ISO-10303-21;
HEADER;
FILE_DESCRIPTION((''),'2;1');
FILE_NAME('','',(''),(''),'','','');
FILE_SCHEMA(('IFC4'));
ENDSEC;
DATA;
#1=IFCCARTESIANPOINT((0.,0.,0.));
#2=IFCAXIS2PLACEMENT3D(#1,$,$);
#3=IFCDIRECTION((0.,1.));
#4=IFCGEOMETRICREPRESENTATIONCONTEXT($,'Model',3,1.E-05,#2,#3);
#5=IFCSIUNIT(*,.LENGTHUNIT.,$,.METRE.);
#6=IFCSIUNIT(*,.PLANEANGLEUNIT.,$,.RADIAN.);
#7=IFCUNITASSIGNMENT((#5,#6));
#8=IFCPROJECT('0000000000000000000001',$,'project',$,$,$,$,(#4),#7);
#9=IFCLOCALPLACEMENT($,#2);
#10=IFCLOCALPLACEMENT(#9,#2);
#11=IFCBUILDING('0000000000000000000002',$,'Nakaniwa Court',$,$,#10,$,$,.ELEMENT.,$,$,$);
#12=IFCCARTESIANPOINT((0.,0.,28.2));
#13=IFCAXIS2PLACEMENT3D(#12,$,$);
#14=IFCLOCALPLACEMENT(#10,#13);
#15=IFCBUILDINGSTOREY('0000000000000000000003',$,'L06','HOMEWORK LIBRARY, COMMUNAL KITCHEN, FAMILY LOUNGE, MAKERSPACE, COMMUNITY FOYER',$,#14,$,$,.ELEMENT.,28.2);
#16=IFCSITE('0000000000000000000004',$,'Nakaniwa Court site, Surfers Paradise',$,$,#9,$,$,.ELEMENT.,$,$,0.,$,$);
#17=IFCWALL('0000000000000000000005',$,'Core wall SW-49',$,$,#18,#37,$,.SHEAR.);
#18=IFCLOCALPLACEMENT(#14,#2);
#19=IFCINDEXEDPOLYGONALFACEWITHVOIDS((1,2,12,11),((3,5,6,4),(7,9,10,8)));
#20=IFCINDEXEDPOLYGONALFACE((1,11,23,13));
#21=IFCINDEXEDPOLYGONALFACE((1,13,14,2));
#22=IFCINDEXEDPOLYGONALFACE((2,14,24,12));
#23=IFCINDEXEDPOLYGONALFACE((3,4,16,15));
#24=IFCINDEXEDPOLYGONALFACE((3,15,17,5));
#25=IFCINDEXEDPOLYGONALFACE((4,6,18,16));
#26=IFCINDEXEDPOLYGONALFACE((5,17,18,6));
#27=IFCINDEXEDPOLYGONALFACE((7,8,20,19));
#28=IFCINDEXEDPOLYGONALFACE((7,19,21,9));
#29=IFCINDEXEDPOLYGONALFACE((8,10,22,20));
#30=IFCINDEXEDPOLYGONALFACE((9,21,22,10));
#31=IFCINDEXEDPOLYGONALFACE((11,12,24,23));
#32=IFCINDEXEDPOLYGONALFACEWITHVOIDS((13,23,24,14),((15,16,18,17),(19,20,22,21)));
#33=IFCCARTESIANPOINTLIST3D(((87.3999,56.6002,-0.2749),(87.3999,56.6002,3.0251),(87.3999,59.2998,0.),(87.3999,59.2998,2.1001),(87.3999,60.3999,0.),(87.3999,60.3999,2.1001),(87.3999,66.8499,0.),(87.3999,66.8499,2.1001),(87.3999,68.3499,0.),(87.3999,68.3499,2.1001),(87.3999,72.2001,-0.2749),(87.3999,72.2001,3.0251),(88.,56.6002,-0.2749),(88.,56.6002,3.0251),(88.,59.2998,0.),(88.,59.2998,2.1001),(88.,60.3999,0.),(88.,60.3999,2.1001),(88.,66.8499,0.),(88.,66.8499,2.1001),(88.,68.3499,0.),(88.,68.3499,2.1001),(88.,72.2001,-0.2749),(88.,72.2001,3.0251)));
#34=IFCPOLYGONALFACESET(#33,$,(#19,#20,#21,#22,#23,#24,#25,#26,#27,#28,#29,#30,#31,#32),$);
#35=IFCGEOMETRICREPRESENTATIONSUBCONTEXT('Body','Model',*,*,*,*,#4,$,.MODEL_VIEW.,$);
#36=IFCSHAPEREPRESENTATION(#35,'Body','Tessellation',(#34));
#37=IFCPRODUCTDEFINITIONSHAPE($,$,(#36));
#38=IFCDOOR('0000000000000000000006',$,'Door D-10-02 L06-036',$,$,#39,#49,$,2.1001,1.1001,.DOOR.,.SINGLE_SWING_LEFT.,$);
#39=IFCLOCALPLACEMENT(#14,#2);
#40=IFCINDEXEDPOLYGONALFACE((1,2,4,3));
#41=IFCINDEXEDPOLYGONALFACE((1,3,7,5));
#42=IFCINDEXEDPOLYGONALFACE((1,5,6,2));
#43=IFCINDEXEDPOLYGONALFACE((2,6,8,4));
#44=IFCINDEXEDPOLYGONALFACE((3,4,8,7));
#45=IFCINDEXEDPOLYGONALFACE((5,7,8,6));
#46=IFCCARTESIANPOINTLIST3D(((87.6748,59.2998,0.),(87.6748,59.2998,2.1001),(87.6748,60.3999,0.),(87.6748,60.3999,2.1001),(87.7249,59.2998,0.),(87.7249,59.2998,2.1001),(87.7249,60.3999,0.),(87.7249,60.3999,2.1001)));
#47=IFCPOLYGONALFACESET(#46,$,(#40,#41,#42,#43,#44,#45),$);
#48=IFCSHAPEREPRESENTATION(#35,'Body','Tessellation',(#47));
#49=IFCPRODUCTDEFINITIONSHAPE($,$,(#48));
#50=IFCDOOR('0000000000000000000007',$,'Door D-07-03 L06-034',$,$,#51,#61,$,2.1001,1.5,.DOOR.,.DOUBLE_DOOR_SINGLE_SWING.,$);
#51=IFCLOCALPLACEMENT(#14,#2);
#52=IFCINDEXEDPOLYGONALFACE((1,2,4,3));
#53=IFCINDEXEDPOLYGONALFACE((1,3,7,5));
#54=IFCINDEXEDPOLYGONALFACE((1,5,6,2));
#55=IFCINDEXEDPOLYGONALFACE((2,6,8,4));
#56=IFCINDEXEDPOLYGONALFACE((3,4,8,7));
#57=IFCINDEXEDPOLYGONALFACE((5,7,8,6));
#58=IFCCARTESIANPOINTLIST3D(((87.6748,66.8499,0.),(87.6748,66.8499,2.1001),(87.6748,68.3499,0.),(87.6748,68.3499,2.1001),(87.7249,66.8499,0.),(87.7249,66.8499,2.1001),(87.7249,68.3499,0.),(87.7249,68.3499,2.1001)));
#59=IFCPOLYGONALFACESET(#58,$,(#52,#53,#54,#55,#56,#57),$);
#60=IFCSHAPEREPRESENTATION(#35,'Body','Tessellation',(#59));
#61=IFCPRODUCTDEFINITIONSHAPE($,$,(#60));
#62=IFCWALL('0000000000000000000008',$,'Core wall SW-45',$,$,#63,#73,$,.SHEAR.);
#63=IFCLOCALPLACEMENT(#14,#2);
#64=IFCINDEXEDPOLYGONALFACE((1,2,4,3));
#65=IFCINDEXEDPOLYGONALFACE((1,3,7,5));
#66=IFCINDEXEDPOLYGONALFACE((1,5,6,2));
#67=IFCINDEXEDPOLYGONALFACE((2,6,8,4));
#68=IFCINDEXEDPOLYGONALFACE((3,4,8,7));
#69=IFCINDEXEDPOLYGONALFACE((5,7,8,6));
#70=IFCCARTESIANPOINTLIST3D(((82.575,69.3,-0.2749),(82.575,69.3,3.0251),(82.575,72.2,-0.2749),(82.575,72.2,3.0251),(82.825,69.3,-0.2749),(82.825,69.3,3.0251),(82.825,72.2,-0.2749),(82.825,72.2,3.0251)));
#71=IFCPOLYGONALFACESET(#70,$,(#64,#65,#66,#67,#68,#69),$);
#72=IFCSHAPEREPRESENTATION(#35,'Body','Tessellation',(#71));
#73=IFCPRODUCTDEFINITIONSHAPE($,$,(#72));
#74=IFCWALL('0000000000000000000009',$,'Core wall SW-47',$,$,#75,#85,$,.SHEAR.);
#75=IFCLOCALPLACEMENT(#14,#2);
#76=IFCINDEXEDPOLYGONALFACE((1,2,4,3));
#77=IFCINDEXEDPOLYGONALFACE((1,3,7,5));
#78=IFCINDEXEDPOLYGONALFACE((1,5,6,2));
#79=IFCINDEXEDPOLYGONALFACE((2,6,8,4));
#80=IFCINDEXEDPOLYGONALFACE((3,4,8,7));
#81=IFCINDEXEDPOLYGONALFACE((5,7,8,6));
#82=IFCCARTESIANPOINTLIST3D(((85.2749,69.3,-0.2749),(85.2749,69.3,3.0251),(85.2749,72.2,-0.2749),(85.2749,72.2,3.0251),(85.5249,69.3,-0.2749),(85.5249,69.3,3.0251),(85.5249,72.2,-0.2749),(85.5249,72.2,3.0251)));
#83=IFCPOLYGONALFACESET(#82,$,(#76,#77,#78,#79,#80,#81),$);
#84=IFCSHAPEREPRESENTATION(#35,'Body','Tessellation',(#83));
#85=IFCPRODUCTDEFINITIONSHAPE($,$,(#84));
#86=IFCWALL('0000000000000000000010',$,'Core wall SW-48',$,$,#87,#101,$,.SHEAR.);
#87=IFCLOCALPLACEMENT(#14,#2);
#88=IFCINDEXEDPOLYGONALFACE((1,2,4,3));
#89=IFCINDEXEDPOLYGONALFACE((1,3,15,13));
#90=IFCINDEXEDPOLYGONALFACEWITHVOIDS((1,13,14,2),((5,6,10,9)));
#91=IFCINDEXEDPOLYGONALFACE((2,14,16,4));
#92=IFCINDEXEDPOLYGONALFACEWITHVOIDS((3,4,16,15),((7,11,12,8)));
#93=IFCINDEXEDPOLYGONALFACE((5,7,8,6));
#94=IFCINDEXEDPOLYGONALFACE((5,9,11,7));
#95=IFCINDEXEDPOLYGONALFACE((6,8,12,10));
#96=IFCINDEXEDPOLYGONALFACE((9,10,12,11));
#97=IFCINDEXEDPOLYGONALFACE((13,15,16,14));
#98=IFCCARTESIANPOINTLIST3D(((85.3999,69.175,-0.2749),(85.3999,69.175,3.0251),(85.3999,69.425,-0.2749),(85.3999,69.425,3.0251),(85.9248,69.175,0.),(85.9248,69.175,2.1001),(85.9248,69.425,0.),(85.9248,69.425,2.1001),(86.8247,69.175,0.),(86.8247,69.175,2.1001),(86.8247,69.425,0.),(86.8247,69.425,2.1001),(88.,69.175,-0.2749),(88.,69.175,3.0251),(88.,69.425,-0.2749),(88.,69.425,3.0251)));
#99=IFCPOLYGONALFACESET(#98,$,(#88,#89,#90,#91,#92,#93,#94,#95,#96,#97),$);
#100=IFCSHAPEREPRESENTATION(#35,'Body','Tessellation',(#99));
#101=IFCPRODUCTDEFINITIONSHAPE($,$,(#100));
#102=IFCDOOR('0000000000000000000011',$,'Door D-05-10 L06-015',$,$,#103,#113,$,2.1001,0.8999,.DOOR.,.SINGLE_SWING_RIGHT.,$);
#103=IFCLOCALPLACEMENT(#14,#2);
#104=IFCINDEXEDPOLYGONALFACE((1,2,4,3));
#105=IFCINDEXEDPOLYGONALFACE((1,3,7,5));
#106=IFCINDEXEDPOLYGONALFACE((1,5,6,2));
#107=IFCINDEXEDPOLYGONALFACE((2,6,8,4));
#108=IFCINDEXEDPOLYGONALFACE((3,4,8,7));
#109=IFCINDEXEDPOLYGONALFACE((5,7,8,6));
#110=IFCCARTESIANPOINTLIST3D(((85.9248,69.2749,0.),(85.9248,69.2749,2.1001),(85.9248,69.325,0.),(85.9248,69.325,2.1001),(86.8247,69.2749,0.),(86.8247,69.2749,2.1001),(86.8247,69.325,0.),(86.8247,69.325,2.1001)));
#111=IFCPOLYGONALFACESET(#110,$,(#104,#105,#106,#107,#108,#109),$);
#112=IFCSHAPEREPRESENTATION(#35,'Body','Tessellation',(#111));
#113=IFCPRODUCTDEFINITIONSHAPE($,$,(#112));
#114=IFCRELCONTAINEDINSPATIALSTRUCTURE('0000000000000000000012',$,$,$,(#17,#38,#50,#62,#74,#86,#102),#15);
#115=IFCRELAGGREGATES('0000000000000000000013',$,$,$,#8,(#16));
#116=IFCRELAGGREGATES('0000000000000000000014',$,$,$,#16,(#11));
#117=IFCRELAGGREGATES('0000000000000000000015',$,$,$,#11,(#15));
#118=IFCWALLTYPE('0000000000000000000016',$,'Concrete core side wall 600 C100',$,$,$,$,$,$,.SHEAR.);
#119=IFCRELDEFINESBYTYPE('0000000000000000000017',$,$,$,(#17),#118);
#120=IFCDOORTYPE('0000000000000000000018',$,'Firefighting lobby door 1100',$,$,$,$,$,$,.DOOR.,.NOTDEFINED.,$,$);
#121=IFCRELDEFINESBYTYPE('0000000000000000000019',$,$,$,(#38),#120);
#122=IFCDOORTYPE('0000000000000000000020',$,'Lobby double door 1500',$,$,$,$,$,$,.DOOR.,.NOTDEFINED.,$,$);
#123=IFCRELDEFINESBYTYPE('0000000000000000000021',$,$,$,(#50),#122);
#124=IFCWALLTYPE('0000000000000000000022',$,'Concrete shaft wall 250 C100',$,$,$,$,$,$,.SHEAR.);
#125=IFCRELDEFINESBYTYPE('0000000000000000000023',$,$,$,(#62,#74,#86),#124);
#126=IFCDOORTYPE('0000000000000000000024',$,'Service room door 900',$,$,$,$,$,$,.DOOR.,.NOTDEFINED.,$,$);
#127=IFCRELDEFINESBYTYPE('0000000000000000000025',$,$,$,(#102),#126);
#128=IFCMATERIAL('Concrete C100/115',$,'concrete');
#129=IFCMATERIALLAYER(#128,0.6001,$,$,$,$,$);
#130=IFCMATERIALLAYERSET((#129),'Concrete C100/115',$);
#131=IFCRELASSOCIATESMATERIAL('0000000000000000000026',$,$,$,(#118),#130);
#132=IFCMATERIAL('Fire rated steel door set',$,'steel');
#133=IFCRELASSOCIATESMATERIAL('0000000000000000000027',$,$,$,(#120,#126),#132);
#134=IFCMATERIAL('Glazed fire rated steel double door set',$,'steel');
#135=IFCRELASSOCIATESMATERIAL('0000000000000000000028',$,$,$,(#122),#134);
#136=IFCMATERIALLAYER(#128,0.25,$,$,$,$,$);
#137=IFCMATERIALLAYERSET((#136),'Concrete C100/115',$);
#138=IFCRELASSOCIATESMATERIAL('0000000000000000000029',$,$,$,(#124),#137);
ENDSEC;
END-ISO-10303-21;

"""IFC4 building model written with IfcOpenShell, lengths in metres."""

from ifc_helpers import new_model, si_unit, direction, frame, frame_2d, origin, place, context, subcontext, project, spatial, rectangle, extrude, material, layer, layer_set, type_object, element, fill, save


model = new_model("IFC4")

# Units and contexts
model_context = context("Model", 3, precision=1e-05, world=origin(), true_north=direction((0.0, 1.0)))
body_context = subcontext(model_context, "Body", "Model", "MODEL_VIEW")
ifc_project = project(units=[si_unit("LENGTHUNIT", "METRE"), si_unit("PLANEANGLEUNIT", "RADIAN")], contexts=[model_context])

# Site, building, storey
site_placement = place(None, origin())
site = spatial("IfcSite", under=ifc_project, at=site_placement, Name="Nakaniwa Court site, Surfers Paradise", CompositionType="ELEMENT", RefElevation=0.0)
building_placement = place(site_placement, origin())
building = spatial("IfcBuilding", under=site, at=building_placement, Name="Nakaniwa Court", CompositionType="ELEMENT")
storey_placement = place(building_placement, frame((0.0, 0.0, 28.2)))
storey = spatial("IfcBuildingStorey", under=building, at=storey_placement, Name="L06", Description="HOMEWORK LIBRARY, COMMUNAL KITCHEN, FAMILY LOUNGE, MAKERSPACE, COMMUNITY FOYER", CompositionType="ELEMENT", Elevation=28.2)

# Shared definitions
ifc_material_1 = material(Name="Concrete C100/115", Category="concrete")

# Wall, openings, doors
ifc_layer_1 = layer(ifc_material_1, 0.6001)
ifc_layer_set_1 = layer_set([ifc_layer_1], Name="Concrete C100/115")
wall_type_1 = type_object("IfcWallType", Name="Concrete core side wall 600 C100", PredefinedType="SHEAR", material=ifc_layer_set_1)
wall_1_placement = place(storey_placement, frame((87.7, 72.2, -0.2749), z_axis=(0.0, 0.0, 1.0), x_axis=(0.0, -1.0, 0.0)))
wall_1 = element("IfcWall", 1, at=wall_1_placement, inside=storey, type_object=wall_type_1, Name="Core wall SW-49", PredefinedType="SHEAR", context=body_context, shape_type="SweptSolid", body=[
    extrude(rectangle(XDim=15.5999, YDim=0.6001, at=frame_2d((7.7998, 0.0))), origin(), (0.0, 0.0, 1.0), 3.3),
])
opening_1_placement = place(wall_1_placement, frame((3.8501, 0.0, 0.2749)))
opening_1 = element("IfcOpeningElement", 2, at=opening_1_placement, cuts=wall_1, PredefinedType="OPENING", context=body_context, shape_type="SweptSolid", body=[
    extrude(rectangle(XDim=1.5, YDim=2.1001, at=frame_2d((0.75, 1.05))), frame((0.0, 0.3101, 0.0), z_axis=(0.0, -1.0, 0.0), x_axis=(1.0, 0.0, 0.0)), (0.0, 0.0, 1.0), 0.6201),
])
opening_2_placement = place(wall_1_placement, frame((11.8, 0.0, 0.2749)))
opening_2 = element("IfcOpeningElement", 3, at=opening_2_placement, cuts=wall_1, PredefinedType="OPENING", context=body_context, shape_type="SweptSolid", body=[
    extrude(rectangle(XDim=1.1001, YDim=2.1001, at=frame_2d((0.55, 1.05))), frame((0.0, 0.3101, 0.0), z_axis=(0.0, -1.0, 0.0), x_axis=(1.0, 0.0, 0.0)), (0.0, 0.0, 1.0), 0.6201),
])
ifc_material_2 = material(Name="Fire rated steel door set", Category="steel")
door_type_1 = type_object("IfcDoorType", Name="Firefighting lobby door 1100", OperationType="NOTDEFINED", PredefinedType="DOOR", material=ifc_material_2)
door_1_placement = place(opening_2_placement, origin())
door_1 = element("IfcDoor", 4, at=door_1_placement, inside=storey, type_object=door_type_1, Name="Door D-10-02 L06-036", OperationType="SINGLE_SWING_LEFT", OverallHeight=2.1001, OverallWidth=1.1001, PredefinedType="DOOR", context=body_context, shape_type="SweptSolid", body=[
    extrude(rectangle(XDim=1.1001, YDim=2.1001, at=frame_2d((0.55, 1.05))), frame((0.0, 0.0249, 0.0), z_axis=(0.0, -1.0, 0.0), x_axis=(1.0, 0.0, 0.0)), (0.0, 0.0, 1.0), 0.05),
])
fill(opening_2, door_1)
ifc_material_3 = material(Name="Glazed fire rated steel double door set", Category="steel")
door_type_2 = type_object("IfcDoorType", Name="Lobby double door 1500", OperationType="NOTDEFINED", PredefinedType="DOOR", material=ifc_material_3)
door_2_placement = place(opening_1_placement, origin())
door_2 = element("IfcDoor", 5, at=door_2_placement, inside=storey, type_object=door_type_2, Name="Door D-07-03 L06-034", OperationType="DOUBLE_DOOR_SINGLE_SWING", OverallHeight=2.1001, OverallWidth=1.5, PredefinedType="DOOR", context=body_context, shape_type="SweptSolid", body=[
    extrude(rectangle(XDim=1.5, YDim=2.1001, at=frame_2d((0.75, 1.05))), frame((0.0, 0.0249, 0.0), z_axis=(0.0, -1.0, 0.0), x_axis=(1.0, 0.0, 0.0)), (0.0, 0.0, 1.0), 0.05),
])
fill(opening_1, door_2)

# Walls
ifc_layer_2 = layer(ifc_material_1, 0.25)
ifc_layer_set_2 = layer_set([ifc_layer_2], Name="Concrete C100/115")
wall_type_2 = type_object("IfcWallType", Name="Concrete shaft wall 250 C100", PredefinedType="SHEAR", material=ifc_layer_set_2)
for number, where, z_axis, x_axis, name in (
    (6, (82.7, 69.3, -0.2749), (0.0, 0.0, 1.0), (0.0, 1.0, 0.0), "Core wall SW-45"),
    (7, (85.3999, 69.3, -0.2749), (0.0, 0.0, 1.0), (0.0, 1.0, 0.0), "Core wall SW-47"),
):
    element("IfcWall", number, at=place(storey_placement, frame(where, z_axis=z_axis, x_axis=x_axis)), inside=storey, type_object=wall_type_2, Name=name, PredefinedType="SHEAR", context=body_context, shape_type="SweptSolid", body=[
        extrude(rectangle(XDim=2.8999, YDim=0.25, at=frame_2d((1.45, 0.0))), origin(), (0.0, 0.0, 1.0), 3.3),
    ])

# Wall, opening, door
wall_2_placement = place(storey_placement, frame((85.3999, 69.3, -0.2749), z_axis=(0.0, 0.0, 1.0), x_axis=(1.0, 0.0, 0.0)))
wall_2 = element("IfcWall", 8, at=wall_2_placement, inside=storey, type_object=wall_type_2, Name="Core wall SW-48", PredefinedType="SHEAR", context=body_context, shape_type="SweptSolid", body=[
    extrude(rectangle(XDim=2.6001, YDim=0.25, at=frame_2d((1.3, 0.0))), origin(), (0.0, 0.0, 1.0), 3.3),
])
opening_3_placement = place(wall_2_placement, frame((0.5249, 0.0, 0.2749)))
opening_3 = element("IfcOpeningElement", 9, at=opening_3_placement, cuts=wall_2, PredefinedType="OPENING", context=body_context, shape_type="SweptSolid", body=[
    extrude(rectangle(XDim=0.8999, YDim=2.1001, at=frame_2d((0.45, 1.05))), frame((0.0, 0.135, 0.0), z_axis=(0.0, -1.0, 0.0), x_axis=(1.0, 0.0, 0.0)), (0.0, 0.0, 1.0), 0.27),
])
door_type_3 = type_object("IfcDoorType", Name="Service room door 900", OperationType="NOTDEFINED", PredefinedType="DOOR", material=ifc_material_2)
door_3_placement = place(opening_3_placement, origin())
door_3 = element("IfcDoor", 10, at=door_3_placement, inside=storey, type_object=door_type_3, Name="Door D-05-10 L06-015", OperationType="SINGLE_SWING_RIGHT", OverallHeight=2.1001, OverallWidth=0.8999, PredefinedType="DOOR", context=body_context, shape_type="SweptSolid", body=[
    extrude(rectangle(XDim=0.8999, YDim=2.1001, at=frame_2d((0.45, 1.05))), frame((0.0, 0.0249, 0.0), z_axis=(0.0, -1.0, 0.0), x_axis=(1.0, 0.0, 0.0)), (0.0, 0.0, 1.0), 0.05),
])
fill(opening_3, door_3)

save(model, "model.ifc")
